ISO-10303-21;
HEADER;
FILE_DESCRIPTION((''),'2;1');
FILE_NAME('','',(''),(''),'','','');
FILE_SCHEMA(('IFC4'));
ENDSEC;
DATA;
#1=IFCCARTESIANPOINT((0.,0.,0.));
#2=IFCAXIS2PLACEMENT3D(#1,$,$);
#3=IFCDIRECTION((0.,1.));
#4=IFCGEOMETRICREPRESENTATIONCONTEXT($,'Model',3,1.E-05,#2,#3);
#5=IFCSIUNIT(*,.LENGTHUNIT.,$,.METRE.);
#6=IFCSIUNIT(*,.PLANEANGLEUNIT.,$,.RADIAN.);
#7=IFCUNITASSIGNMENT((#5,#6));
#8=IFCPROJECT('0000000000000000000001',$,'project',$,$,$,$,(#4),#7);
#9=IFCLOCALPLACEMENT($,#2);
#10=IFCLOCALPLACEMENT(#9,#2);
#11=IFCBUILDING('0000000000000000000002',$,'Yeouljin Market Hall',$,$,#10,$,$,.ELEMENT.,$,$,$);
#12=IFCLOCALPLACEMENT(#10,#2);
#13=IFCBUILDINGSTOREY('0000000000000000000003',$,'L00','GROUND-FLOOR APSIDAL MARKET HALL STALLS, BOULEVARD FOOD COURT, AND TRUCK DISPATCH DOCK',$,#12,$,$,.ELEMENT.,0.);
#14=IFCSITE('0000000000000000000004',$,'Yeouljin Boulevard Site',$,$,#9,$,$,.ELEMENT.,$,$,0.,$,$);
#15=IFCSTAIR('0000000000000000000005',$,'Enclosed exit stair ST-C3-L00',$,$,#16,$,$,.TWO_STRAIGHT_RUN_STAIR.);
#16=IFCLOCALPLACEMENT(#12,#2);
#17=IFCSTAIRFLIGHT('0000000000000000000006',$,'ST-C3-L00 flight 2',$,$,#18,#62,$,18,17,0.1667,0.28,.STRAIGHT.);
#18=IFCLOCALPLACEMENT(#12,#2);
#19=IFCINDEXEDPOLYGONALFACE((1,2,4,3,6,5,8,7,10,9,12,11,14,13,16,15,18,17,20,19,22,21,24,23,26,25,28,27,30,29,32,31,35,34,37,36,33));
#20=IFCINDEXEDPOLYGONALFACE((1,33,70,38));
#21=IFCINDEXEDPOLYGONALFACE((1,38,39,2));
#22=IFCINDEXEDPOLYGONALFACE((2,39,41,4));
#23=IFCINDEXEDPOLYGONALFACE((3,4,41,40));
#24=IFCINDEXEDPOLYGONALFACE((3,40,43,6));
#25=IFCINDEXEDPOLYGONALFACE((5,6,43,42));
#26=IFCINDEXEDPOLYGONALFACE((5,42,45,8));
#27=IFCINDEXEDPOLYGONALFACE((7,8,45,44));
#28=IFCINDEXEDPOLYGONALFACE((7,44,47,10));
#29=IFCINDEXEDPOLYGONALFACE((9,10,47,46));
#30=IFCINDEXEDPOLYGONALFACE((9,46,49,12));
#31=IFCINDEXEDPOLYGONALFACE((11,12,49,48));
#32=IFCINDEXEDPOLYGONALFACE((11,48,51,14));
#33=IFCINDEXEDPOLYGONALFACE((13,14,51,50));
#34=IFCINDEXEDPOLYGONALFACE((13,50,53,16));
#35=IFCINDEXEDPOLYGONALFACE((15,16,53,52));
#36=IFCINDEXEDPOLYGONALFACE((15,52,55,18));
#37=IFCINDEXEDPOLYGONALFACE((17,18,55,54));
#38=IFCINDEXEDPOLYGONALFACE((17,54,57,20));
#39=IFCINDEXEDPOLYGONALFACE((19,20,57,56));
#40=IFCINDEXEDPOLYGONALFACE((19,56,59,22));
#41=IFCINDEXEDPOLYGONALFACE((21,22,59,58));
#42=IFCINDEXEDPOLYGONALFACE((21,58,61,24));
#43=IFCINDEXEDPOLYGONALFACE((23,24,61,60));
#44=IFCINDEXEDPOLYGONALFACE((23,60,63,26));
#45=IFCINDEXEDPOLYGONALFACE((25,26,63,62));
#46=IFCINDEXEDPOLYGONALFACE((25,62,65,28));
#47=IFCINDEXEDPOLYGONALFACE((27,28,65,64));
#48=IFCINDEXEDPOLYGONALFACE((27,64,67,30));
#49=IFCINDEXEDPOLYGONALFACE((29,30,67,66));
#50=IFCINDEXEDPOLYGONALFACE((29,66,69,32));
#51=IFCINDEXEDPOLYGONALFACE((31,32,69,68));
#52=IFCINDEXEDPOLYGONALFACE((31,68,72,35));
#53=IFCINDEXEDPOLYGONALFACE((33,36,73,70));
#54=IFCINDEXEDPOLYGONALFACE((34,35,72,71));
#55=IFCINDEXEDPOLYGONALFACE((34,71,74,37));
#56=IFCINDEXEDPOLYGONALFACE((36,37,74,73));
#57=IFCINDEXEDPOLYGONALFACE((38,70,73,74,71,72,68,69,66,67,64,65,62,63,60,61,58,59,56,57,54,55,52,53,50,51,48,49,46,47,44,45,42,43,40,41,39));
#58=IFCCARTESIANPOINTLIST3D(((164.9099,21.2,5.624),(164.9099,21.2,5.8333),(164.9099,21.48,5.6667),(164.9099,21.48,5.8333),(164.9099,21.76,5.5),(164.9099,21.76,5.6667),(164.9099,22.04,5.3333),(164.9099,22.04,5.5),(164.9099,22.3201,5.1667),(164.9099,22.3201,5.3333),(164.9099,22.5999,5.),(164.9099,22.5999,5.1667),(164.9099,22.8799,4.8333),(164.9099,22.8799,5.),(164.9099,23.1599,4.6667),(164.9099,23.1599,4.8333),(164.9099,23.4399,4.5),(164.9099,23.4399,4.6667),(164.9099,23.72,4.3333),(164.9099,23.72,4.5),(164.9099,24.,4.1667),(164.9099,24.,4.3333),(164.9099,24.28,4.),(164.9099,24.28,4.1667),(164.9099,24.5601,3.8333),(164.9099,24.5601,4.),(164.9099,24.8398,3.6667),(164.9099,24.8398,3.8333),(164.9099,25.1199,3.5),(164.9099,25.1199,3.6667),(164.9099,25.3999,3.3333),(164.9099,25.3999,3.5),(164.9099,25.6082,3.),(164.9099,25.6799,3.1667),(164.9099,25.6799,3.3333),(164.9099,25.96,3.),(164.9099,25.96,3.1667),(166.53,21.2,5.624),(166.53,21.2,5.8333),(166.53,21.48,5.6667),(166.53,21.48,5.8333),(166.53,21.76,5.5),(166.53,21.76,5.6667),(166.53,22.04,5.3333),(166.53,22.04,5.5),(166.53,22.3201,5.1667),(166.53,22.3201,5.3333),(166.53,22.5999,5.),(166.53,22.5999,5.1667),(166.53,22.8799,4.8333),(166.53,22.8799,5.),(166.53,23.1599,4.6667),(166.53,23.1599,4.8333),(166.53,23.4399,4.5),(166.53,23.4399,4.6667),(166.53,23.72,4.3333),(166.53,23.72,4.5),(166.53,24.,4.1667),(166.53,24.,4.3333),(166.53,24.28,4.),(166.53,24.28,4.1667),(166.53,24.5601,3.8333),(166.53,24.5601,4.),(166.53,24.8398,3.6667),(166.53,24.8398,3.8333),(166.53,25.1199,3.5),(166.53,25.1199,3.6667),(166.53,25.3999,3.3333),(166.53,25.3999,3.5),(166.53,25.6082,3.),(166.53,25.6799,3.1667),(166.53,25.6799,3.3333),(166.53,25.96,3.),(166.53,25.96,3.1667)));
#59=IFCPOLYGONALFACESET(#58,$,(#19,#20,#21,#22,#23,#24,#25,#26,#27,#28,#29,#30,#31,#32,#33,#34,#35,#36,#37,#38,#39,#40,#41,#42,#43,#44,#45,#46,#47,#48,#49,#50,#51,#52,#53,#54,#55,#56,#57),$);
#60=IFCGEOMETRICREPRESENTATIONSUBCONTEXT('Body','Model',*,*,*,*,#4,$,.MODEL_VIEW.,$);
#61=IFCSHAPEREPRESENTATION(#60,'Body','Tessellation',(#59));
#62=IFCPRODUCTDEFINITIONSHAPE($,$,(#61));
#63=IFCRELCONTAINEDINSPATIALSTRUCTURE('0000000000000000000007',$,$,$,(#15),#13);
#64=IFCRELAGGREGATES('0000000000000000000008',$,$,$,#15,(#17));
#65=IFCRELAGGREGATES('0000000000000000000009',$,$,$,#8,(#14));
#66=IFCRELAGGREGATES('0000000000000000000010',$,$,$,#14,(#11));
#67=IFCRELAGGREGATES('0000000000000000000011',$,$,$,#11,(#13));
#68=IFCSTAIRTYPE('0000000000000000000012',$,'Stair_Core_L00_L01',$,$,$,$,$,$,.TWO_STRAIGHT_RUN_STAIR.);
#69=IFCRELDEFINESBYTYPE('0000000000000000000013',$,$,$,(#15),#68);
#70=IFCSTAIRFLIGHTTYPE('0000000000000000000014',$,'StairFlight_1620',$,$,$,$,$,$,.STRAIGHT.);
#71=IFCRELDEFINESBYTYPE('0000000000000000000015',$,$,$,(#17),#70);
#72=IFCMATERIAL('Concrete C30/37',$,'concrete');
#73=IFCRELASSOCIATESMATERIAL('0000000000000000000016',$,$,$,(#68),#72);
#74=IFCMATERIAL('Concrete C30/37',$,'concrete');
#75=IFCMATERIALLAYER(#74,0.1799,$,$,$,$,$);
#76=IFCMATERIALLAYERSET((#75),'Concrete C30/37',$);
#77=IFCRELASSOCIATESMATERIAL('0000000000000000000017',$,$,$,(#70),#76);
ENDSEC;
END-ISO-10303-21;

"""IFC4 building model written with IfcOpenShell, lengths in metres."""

from ifc_helpers import new_model, si_unit, direction, frame, origin, place, context, subcontext, project, spatial, polyline, outline, extrude, material, layer, layer_set, type_object, element, aggregate, save


model = new_model("IFC4")

# Units and contexts
model_context = context("Model", 3, precision=1e-05, world=origin(), true_north=direction((0.0, 1.0)))
body_context = subcontext(model_context, "Body", "Model", "MODEL_VIEW")
ifc_project = project(units=[si_unit("LENGTHUNIT", "METRE"), si_unit("PLANEANGLEUNIT", "RADIAN")], contexts=[model_context])

# Site, building, storey
site_placement = place(None, origin())
site = spatial("IfcSite", under=ifc_project, at=site_placement, Name="Yeouljin Boulevard Site", CompositionType="ELEMENT", RefElevation=0.0)
building_placement = place(site_placement, origin())
building = spatial("IfcBuilding", under=site, at=building_placement, Name="Yeouljin Market Hall", CompositionType="ELEMENT")
storey_placement = place(building_placement, origin())
storey = spatial("IfcBuildingStorey", under=building, at=storey_placement, Name="L00", Description="GROUND-FLOOR APSIDAL MARKET HALL STALLS, BOULEVARD FOOD COURT, AND TRUCK DISPATCH DOCK", CompositionType="ELEMENT", Elevation=0.0)

# Stair, stair flight
ifc_material_1 = material(Name="Concrete C30/37", Category="concrete")
stair_type = type_object("IfcStairType", Name="Stair_Core_L00_L01", PredefinedType="TWO_STRAIGHT_RUN_STAIR", material=ifc_material_1)
stair_placement = place(storey_placement, origin())
stair = element("IfcStair", 1, at=stair_placement, inside=storey, type_object=stair_type, Name="Enclosed exit stair ST-C3-L00", PredefinedType="TWO_STRAIGHT_RUN_STAIR")
ifc_material_2 = material(Name="Concrete C30/37", Category="concrete")
ifc_layer_1 = layer(ifc_material_2, 0.1799)
ifc_layer_set_1 = layer_set([ifc_layer_1], Name="Concrete C30/37")
stair_flight_type = type_object("IfcStairFlightType", Name="StairFlight_1620", PredefinedType="STRAIGHT", material=ifc_layer_set_1)
stair_flight_1_placement = place(storey_placement, frame((165.72, 25.96, 3.0), z_axis=(0.0, 0.0, 1.0), x_axis=(0.0, -1.0, 0.0)))
stair_flight_1 = element("IfcStairFlight", 2, at=stair_flight_1_placement, type_object=stair_flight_type, Name="ST-C3-L00 flight 2", NumberOfRisers=18, NumberOfTreads=17, PredefinedType="STRAIGHT", RiserHeight=0.1667, TreadLength=0.28, context=body_context, shape_type="SweptSolid", body=[
    extrude(outline(polyline([(0.0, 0.0), (0.0, 0.1667), (0.28, 0.1667), (0.28, 0.3333), (0.5601, 0.3333), (0.5601, 0.5), (0.8401, 0.5), (0.8401, 0.6667), (1.1201, 0.6667), (1.1201, 0.8333), (1.3999, 0.8333), (1.3999, 1.0), (1.6799, 1.0), (1.6799, 1.1667), (1.96, 1.1667), (1.96, 1.3333), (2.24, 1.3333), (2.24, 1.5), (2.52, 1.5), (2.52, 1.6667), (2.8, 1.6667), (2.8, 1.8333), (3.0801, 1.8333), (3.0801, 2.0), (3.3601, 2.0), (3.3601, 2.1667), (3.6399, 2.1667), (3.6399, 2.3333), (3.9199, 2.3333), (3.9199, 2.5), (4.2, 2.5), (4.2, 2.6667), (4.48, 2.6667), (4.48, 2.8333), (4.76, 2.8333), (4.76, 3.0), (4.76, 2.624), (0.3518, 0.0), (0.0, 0.0)])), frame((0.0, 0.8101, 0.0), z_axis=(0.0, -1.0, 0.0), x_axis=(1.0, 0.0, 0.0)), (0.0, 0.0, 1.0), 1.6201),
])
aggregate(stair, [stair_flight_1])

save(model, "model.ifc")
